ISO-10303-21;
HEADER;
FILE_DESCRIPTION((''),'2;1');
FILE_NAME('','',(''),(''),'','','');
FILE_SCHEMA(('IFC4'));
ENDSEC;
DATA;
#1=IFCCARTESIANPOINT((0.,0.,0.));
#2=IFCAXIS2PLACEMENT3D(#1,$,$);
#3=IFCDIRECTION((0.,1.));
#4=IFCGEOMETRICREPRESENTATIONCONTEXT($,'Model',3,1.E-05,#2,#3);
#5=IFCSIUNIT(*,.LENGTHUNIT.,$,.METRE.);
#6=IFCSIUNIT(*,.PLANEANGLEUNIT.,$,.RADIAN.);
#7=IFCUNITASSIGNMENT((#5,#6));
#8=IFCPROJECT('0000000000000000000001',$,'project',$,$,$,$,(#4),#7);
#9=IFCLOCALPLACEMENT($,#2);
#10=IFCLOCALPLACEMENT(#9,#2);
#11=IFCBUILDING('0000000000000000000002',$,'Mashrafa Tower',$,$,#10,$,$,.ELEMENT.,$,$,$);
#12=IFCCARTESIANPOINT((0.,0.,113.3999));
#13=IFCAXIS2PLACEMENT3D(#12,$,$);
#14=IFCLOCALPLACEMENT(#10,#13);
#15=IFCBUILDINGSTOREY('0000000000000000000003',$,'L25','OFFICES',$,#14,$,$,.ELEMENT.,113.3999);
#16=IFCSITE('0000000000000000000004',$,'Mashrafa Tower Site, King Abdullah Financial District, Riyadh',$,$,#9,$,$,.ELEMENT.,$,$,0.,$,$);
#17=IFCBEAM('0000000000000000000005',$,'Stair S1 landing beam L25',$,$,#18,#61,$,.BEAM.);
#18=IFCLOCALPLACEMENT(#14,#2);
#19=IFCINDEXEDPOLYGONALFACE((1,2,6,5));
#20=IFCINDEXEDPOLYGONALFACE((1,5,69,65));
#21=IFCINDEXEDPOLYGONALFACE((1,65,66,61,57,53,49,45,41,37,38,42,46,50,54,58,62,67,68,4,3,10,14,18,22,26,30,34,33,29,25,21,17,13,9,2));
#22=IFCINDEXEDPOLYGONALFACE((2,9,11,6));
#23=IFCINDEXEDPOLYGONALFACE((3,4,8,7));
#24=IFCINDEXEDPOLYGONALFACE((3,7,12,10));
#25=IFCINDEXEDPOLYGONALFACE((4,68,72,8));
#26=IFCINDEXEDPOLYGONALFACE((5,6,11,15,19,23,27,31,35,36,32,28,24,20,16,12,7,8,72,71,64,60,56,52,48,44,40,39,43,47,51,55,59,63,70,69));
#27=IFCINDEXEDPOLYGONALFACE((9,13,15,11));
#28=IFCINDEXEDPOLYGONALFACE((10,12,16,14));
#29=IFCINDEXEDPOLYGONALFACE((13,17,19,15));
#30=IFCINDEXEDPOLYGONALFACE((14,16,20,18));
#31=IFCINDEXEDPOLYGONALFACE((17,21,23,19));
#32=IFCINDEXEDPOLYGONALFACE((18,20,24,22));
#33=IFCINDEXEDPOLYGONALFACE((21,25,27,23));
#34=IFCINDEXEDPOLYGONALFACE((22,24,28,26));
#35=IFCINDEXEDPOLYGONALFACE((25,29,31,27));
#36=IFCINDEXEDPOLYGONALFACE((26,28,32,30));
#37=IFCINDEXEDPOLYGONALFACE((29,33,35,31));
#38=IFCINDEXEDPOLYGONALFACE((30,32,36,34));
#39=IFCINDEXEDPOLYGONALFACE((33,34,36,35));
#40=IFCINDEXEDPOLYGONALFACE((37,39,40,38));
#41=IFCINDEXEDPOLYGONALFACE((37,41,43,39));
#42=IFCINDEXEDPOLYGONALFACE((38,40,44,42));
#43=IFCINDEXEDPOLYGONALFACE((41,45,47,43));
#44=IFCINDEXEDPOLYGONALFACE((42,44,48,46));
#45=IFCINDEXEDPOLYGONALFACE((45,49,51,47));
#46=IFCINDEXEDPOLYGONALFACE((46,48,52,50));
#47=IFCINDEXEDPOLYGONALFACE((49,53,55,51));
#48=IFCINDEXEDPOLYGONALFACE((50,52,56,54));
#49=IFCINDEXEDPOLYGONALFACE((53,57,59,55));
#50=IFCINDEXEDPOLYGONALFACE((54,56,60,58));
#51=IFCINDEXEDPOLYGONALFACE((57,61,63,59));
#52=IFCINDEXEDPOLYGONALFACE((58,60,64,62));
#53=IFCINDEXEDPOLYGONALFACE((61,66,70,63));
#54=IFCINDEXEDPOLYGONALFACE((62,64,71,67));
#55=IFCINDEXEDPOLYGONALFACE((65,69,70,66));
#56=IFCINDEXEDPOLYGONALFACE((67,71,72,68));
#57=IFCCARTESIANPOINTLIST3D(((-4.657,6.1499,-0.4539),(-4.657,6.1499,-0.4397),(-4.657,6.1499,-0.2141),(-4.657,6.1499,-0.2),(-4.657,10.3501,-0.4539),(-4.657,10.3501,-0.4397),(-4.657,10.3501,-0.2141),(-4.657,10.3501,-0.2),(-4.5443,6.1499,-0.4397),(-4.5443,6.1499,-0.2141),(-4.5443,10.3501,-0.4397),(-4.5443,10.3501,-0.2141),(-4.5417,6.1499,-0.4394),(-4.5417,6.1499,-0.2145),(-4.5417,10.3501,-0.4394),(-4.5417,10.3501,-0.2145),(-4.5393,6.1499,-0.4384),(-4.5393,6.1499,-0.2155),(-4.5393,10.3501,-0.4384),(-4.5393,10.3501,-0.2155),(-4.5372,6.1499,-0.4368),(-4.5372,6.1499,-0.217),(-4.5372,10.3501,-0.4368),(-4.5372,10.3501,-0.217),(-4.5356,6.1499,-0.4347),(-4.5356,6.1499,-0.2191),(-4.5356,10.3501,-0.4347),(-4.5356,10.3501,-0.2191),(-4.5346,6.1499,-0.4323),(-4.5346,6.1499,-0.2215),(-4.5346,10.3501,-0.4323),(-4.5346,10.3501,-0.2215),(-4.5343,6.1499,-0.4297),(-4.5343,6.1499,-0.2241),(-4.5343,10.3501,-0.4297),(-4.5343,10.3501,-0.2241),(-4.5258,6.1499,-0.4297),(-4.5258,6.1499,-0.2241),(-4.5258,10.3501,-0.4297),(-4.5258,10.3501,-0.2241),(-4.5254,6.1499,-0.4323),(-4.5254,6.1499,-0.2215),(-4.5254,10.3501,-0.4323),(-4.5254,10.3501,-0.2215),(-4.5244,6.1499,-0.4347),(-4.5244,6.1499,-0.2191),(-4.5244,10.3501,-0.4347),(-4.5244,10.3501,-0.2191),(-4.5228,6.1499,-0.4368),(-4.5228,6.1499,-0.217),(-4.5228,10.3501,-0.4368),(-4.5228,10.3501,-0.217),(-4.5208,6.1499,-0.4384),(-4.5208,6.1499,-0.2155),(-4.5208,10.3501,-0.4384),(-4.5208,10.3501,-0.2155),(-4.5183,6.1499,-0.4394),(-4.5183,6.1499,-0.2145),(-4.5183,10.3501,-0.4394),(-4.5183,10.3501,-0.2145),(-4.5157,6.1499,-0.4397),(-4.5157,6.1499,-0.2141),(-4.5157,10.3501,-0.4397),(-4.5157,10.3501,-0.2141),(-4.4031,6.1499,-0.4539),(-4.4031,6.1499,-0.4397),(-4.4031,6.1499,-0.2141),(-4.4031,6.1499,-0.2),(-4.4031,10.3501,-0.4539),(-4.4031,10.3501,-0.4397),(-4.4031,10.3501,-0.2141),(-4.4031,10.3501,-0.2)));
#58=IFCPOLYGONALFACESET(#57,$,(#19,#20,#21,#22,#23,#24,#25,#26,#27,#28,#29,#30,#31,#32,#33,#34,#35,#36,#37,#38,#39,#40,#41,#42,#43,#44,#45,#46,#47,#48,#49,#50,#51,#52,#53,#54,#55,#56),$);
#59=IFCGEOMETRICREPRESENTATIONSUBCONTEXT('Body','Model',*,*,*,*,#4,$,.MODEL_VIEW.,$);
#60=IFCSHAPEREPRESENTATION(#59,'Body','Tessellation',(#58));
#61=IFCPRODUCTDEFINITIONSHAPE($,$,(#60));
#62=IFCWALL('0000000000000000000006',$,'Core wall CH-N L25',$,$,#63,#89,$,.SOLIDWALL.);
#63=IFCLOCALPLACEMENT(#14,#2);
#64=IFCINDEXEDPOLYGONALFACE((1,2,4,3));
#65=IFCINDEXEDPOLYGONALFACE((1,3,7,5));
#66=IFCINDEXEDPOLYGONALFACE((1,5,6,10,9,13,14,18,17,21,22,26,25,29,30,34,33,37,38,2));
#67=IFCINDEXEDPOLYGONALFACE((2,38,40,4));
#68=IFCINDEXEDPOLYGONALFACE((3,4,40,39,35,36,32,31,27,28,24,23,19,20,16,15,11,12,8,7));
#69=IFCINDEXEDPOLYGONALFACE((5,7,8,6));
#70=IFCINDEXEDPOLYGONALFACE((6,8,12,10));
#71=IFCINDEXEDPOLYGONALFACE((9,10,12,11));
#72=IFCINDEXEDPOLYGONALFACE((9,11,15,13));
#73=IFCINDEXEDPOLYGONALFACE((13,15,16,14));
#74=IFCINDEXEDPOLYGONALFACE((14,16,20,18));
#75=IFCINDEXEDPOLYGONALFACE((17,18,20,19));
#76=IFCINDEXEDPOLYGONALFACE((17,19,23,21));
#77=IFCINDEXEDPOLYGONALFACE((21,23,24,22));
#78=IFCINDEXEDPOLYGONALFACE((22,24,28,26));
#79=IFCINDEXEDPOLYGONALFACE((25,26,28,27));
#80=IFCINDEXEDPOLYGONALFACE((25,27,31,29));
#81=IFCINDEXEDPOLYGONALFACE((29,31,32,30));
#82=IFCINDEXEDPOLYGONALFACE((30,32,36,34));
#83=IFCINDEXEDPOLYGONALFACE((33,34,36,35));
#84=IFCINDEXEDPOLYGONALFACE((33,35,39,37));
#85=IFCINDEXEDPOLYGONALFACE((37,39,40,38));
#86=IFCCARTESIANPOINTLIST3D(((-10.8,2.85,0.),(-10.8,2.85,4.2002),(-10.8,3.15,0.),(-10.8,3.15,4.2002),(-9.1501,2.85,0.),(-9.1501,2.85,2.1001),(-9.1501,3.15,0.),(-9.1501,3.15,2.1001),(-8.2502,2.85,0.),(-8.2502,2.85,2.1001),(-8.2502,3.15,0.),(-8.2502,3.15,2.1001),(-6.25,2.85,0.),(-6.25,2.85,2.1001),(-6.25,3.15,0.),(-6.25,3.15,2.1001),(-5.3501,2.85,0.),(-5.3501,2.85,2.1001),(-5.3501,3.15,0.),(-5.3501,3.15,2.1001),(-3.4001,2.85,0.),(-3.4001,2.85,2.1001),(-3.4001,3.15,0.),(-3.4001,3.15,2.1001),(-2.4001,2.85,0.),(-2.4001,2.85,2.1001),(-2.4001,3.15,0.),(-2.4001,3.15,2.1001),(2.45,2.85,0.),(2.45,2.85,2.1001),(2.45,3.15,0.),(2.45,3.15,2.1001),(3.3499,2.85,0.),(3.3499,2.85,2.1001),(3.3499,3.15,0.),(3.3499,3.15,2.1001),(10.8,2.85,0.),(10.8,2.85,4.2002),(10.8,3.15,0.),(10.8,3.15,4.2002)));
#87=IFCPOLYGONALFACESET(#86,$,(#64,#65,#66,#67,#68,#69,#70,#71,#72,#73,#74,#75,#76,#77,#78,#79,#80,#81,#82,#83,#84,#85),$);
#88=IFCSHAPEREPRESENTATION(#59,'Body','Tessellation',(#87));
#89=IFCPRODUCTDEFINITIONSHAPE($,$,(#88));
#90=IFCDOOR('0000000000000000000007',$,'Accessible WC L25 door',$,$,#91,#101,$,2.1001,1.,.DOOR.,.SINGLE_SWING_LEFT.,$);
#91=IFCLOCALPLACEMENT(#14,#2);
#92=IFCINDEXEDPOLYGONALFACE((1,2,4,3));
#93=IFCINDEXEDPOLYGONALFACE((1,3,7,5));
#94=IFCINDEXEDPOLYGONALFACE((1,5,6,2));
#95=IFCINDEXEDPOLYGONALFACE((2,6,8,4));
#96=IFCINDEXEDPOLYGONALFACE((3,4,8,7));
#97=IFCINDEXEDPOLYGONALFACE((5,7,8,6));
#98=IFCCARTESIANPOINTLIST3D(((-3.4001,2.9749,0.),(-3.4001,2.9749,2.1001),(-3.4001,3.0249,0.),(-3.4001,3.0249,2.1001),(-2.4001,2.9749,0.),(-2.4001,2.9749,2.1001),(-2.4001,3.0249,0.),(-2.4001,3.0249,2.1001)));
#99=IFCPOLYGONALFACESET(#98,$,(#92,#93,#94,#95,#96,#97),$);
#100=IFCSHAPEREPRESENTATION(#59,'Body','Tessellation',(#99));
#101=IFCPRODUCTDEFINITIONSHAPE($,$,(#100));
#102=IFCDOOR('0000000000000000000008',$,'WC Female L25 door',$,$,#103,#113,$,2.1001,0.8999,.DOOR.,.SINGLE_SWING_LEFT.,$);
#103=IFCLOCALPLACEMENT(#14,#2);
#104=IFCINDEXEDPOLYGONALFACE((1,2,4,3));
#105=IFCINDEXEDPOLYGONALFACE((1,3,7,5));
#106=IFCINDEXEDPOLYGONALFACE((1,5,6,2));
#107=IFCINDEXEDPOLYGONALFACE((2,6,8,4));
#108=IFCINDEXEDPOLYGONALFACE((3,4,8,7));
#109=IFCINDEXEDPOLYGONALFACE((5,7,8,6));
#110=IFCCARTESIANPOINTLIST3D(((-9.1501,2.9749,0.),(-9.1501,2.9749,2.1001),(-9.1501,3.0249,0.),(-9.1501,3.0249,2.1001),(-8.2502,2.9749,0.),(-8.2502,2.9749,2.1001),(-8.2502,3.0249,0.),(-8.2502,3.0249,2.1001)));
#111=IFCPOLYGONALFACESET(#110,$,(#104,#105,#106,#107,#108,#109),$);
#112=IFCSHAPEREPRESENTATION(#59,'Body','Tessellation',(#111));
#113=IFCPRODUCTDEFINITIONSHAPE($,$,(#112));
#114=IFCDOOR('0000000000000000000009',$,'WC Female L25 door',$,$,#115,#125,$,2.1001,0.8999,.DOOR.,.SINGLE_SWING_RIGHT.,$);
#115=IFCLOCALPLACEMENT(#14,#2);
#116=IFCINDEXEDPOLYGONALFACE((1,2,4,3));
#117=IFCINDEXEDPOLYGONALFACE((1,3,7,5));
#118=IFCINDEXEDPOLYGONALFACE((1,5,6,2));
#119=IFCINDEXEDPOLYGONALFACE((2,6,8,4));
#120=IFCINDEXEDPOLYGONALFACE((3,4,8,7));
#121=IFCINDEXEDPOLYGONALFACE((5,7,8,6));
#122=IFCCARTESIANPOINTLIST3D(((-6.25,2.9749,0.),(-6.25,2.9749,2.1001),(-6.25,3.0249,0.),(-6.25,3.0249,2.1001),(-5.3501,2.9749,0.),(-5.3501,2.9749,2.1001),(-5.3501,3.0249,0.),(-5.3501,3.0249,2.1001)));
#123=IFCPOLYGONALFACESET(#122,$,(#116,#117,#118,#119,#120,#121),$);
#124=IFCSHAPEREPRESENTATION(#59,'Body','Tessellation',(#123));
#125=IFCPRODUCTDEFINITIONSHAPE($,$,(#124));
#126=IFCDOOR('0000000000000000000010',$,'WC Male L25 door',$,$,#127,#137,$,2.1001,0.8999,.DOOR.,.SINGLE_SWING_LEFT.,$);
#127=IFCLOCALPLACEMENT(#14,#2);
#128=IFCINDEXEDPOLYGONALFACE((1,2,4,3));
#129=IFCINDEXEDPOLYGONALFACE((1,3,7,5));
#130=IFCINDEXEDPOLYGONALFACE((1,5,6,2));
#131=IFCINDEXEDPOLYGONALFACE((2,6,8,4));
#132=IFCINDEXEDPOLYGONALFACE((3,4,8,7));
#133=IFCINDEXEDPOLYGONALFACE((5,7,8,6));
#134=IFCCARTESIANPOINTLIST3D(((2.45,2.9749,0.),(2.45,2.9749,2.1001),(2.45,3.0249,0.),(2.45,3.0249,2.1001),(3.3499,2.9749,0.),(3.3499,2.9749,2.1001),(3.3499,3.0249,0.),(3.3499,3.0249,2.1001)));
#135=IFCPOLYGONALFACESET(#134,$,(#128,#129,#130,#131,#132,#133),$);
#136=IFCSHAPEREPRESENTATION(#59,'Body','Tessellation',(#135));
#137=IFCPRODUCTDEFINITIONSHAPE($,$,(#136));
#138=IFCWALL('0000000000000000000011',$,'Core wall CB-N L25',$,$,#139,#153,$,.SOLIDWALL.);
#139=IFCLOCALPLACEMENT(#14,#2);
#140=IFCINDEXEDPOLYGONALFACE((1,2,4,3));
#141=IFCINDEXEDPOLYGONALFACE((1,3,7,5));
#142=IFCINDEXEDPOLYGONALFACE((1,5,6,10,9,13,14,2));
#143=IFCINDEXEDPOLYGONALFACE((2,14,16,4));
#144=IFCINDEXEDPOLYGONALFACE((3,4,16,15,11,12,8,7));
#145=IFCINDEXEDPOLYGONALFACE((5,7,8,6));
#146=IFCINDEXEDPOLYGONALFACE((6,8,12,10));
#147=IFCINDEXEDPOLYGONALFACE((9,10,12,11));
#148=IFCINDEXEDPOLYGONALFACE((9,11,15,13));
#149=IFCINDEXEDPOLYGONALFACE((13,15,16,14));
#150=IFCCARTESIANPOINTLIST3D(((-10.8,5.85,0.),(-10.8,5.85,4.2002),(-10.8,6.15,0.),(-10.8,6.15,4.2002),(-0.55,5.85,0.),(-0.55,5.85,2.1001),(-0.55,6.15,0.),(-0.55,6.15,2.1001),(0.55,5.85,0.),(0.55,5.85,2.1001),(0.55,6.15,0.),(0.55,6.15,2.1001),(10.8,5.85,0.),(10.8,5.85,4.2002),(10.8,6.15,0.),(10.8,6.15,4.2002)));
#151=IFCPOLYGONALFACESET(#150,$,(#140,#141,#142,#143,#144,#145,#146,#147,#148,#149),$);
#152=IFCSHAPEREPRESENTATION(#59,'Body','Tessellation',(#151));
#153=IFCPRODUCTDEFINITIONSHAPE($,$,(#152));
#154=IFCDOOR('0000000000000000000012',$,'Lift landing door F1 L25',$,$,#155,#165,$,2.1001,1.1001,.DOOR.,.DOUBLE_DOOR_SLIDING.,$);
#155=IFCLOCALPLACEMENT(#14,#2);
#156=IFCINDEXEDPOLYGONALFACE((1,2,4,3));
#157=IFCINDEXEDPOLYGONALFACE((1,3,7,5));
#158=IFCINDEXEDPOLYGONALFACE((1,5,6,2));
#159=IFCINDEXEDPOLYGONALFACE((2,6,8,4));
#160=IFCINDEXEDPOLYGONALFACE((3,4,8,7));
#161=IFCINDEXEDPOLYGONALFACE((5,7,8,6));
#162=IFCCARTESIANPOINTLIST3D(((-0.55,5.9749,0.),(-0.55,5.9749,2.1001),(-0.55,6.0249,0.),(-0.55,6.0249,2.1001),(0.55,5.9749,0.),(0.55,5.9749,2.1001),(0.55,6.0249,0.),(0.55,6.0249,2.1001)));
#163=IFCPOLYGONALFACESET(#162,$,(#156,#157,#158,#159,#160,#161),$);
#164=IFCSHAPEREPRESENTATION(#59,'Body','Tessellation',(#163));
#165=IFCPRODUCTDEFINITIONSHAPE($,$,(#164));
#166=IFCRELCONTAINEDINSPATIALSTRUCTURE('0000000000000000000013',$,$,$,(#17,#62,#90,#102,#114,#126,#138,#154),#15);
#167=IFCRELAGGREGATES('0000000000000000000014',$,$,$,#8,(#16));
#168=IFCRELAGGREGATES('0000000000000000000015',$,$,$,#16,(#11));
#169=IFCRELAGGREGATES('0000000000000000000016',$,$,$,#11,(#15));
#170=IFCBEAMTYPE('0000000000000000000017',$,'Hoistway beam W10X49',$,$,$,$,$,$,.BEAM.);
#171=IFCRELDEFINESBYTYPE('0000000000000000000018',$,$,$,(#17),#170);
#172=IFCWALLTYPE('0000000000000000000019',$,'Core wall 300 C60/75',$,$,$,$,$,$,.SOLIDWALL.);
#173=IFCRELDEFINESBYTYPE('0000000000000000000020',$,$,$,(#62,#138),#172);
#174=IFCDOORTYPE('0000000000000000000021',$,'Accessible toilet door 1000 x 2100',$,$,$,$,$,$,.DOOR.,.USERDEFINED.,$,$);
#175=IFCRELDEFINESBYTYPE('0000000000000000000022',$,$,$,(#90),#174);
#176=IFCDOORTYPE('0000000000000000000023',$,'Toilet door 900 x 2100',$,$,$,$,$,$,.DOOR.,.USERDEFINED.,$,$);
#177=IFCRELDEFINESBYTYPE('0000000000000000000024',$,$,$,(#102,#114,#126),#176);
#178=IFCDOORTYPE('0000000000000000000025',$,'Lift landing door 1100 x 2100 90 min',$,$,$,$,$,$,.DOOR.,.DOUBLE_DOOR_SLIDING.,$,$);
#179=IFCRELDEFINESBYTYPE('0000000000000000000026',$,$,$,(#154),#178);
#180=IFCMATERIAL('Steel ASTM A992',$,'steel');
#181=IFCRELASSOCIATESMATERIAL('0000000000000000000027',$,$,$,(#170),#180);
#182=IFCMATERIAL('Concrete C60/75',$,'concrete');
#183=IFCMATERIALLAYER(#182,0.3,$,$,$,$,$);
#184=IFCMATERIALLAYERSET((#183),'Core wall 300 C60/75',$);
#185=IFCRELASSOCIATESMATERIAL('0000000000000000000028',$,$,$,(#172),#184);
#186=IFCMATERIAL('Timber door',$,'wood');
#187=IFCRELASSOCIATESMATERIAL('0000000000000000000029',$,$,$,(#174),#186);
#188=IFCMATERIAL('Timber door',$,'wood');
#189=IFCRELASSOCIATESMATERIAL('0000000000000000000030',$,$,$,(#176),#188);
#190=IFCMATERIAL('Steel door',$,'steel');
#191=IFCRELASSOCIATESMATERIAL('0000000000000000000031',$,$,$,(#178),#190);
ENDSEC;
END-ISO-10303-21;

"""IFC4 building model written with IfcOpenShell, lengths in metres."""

from ifc_helpers import new_model, si_unit, direction, frame, frame_2d, origin, origin_2d, place, context, subcontext, project, spatial, rectangle, i_section, extrude, material, layer, layer_set, material_profile, profile_set, type_object, element, fill, save


model = new_model("IFC4")

# Units and contexts
model_context = context("Model", 3, precision=1e-05, world=origin(), true_north=direction((0.0, 1.0)))
body_context = subcontext(model_context, "Body", "Model", "MODEL_VIEW")
ifc_project = project(units=[si_unit("LENGTHUNIT", "METRE"), si_unit("PLANEANGLEUNIT", "RADIAN")], contexts=[model_context])

# Site, building, storey
site_placement = place(None, origin())
site = spatial("IfcSite", under=ifc_project, at=site_placement, Name="Mashrafa Tower Site, King Abdullah Financial District, Riyadh", CompositionType="ELEMENT", RefElevation=0.0)
building_placement = place(site_placement, origin())
building = spatial("IfcBuilding", under=site, at=building_placement, Name="Mashrafa Tower", CompositionType="ELEMENT")
storey_placement = place(building_placement, frame((0.0, 0.0, 113.3999)))
storey = spatial("IfcBuildingStorey", under=building, at=storey_placement, Name="L25", Description="OFFICES", CompositionType="ELEMENT", Elevation=113.3999)

# Beam
ifc_material_1 = material(Name="Steel ASTM A992", Category="steel")
ifc_material_profile = material_profile(ifc_material_1, i_section(OverallWidth=0.2539, OverallDepth=0.2539, WebThickness=0.0085, FlangeThickness=0.0142, FilletRadius=0.01, at=origin_2d()), Name="W10X49")
ifc_profile_set = profile_set([ifc_material_profile], Name="Steel ASTM A992")
beam_type = type_object("IfcBeamType", Name="Hoistway beam W10X49", PredefinedType="BEAM", material=ifc_profile_set)
beam_placement = place(storey_placement, frame((-4.53, 6.1499, -0.3269), z_axis=(0.0, 1.0, 0.0), x_axis=(-1.0, 0.0, 0.0)))
element("IfcBeam", 1, at=beam_placement, inside=storey, type_object=beam_type, Name="Stair S1 landing beam L25", PredefinedType="BEAM", context=body_context, shape_type="SweptSolid", body=[
    extrude(i_section(OverallWidth=0.2539, OverallDepth=0.2539, WebThickness=0.0085, FlangeThickness=0.0142, FilletRadius=0.01, at=origin_2d()), origin(), (0.0, 0.0, 1.0), 4.2002),
])

# Wall, openings, doors
ifc_material_2 = material(Name="Concrete C60/75", Category="concrete")
ifc_layer_1 = layer(ifc_material_2, 0.3)
ifc_layer_set_1 = layer_set([ifc_layer_1], Name="Core wall 300 C60/75")
wall_type_1 = type_object("IfcWallType", Name="Core wall 300 C60/75", PredefinedType="SOLIDWALL", material=ifc_layer_set_1)
wall_1_placement = place(storey_placement, frame((-10.8, 3.0, 0.0), z_axis=(0.0, 0.0, 1.0), x_axis=(1.0, 0.0, 0.0)))
wall_1 = element("IfcWall", 2, at=wall_1_placement, inside=storey, type_object=wall_type_1, Name="Core wall CH-N L25", PredefinedType="SOLIDWALL", context=body_context, shape_type="SweptSolid", body=[
    extrude(rectangle(XDim=21.6001, YDim=0.3, at=frame_2d((10.8, 0.0))), origin(), (0.0, 0.0, 1.0), 4.2002),
])
opening_1_placement = place(wall_1_placement, frame((1.6499, 0.0, 0.0)))
opening_1 = element("IfcOpeningElement", 3, at=opening_1_placement, cuts=wall_1, PredefinedType="OPENING", context=body_context, shape_type="SweptSolid", body=[
    extrude(rectangle(XDim=0.8999, YDim=2.1001, at=frame_2d((0.45, 1.05))), frame((0.0, 0.1599, 0.0), z_axis=(0.0, -1.0, 0.0), x_axis=(1.0, 0.0, 0.0)), (0.0, 0.0, 1.0), 0.3201),
])
opening_2_placement = place(wall_1_placement, frame((4.55, 0.0, 0.0)))
opening_2 = element("IfcOpeningElement", 4, at=opening_2_placement, cuts=wall_1, PredefinedType="OPENING", context=body_context, shape_type="SweptSolid", body=[
    extrude(rectangle(XDim=0.8999, YDim=2.1001, at=frame_2d((0.45, 1.05))), frame((0.0, 0.1599, 0.0), z_axis=(0.0, -1.0, 0.0), x_axis=(1.0, 0.0, 0.0)), (0.0, 0.0, 1.0), 0.3201),
])
opening_3_placement = place(wall_1_placement, frame((7.3999, 0.0, 0.0)))
opening_3 = element("IfcOpeningElement", 5, at=opening_3_placement, cuts=wall_1, PredefinedType="OPENING", context=body_context, shape_type="SweptSolid", body=[
    extrude(rectangle(XDim=1.0, YDim=2.1001, at=frame_2d((0.5, 1.05))), frame((0.0, 0.1599, 0.0), z_axis=(0.0, -1.0, 0.0), x_axis=(1.0, 0.0, 0.0)), (0.0, 0.0, 1.0), 0.3201),
])
opening_4_placement = place(wall_1_placement, frame((13.25, 0.0, 0.0)))
opening_4 = element("IfcOpeningElement", 6, at=opening_4_placement, cuts=wall_1, PredefinedType="OPENING", context=body_context, shape_type="SweptSolid", body=[
    extrude(rectangle(XDim=0.8999, YDim=2.1001, at=frame_2d((0.45, 1.05))), frame((0.0, 0.1599, 0.0), z_axis=(0.0, -1.0, 0.0), x_axis=(1.0, 0.0, 0.0)), (0.0, 0.0, 1.0), 0.3201),
])
ifc_material_3 = material(Name="Timber door", Category="wood")
door_type_1 = type_object("IfcDoorType", Name="Accessible toilet door 1000 x 2100", OperationType="USERDEFINED", PredefinedType="DOOR", material=ifc_material_3)
door_1_placement = place(opening_3_placement, origin())
door_1 = element("IfcDoor", 7, at=door_1_placement, inside=storey, type_object=door_type_1, Name="Accessible WC L25 door", OperationType="SINGLE_SWING_LEFT", OverallHeight=2.1001, OverallWidth=1.0, PredefinedType="DOOR", context=body_context, shape_type="SweptSolid", body=[
    extrude(rectangle(XDim=1.0, YDim=2.1001, at=frame_2d((0.5, 1.05))), frame((0.0, 0.0249, 0.0), z_axis=(0.0, -1.0, 0.0), x_axis=(1.0, 0.0, 0.0)), (0.0, 0.0, 1.0), 0.05),
])
fill(opening_3, door_1)
ifc_material_4 = material(Name="Timber door", Category="wood")
door_type_2 = type_object("IfcDoorType", Name="Toilet door 900 x 2100", OperationType="USERDEFINED", PredefinedType="DOOR", material=ifc_material_4)
door_2_placement = place(opening_1_placement, origin())
door_2 = element("IfcDoor", 8, at=door_2_placement, inside=storey, type_object=door_type_2, Name="WC Female L25 door", OperationType="SINGLE_SWING_LEFT", OverallHeight=2.1001, OverallWidth=0.8999, PredefinedType="DOOR", context=body_context, shape_type="SweptSolid", body=[
    extrude(rectangle(XDim=0.8999, YDim=2.1001, at=frame_2d((0.45, 1.05))), frame((0.0, 0.0249, 0.0), z_axis=(0.0, -1.0, 0.0), x_axis=(1.0, 0.0, 0.0)), (0.0, 0.0, 1.0), 0.05),
])
fill(opening_1, door_2)
door_3_placement = place(opening_2_placement, origin())
door_3 = element("IfcDoor", 9, at=door_3_placement, inside=storey, type_object=door_type_2, Name="WC Female L25 door", OperationType="SINGLE_SWING_RIGHT", OverallHeight=2.1001, OverallWidth=0.8999, PredefinedType="DOOR", context=body_context, shape_type="SweptSolid", body=[
    extrude(rectangle(XDim=0.8999, YDim=2.1001, at=frame_2d((0.45, 1.05))), frame((0.0, 0.0249, 0.0), z_axis=(0.0, -1.0, 0.0), x_axis=(1.0, 0.0, 0.0)), (0.0, 0.0, 1.0), 0.05),
])
fill(opening_2, door_3)
door_4_placement = place(opening_4_placement, origin())
door_4 = element("IfcDoor", 10, at=door_4_placement, inside=storey, type_object=door_type_2, Name="WC Male L25 door", OperationType="SINGLE_SWING_LEFT", OverallHeight=2.1001, OverallWidth=0.8999, PredefinedType="DOOR", context=body_context, shape_type="SweptSolid", body=[
    extrude(rectangle(XDim=0.8999, YDim=2.1001, at=frame_2d((0.45, 1.05))), frame((0.0, 0.0249, 0.0), z_axis=(0.0, -1.0, 0.0), x_axis=(1.0, 0.0, 0.0)), (0.0, 0.0, 1.0), 0.05),
])
fill(opening_4, door_4)

# Wall, opening, door
wall_2_placement = place(storey_placement, frame((-10.8, 6.0, 0.0), z_axis=(0.0, 0.0, 1.0), x_axis=(1.0, 0.0, 0.0)))
wall_2 = element("IfcWall", 11, at=wall_2_placement, inside=storey, type_object=wall_type_1, Name="Core wall CB-N L25", PredefinedType="SOLIDWALL", context=body_context, shape_type="SweptSolid", body=[
    extrude(rectangle(XDim=21.6001, YDim=0.3, at=frame_2d((10.8, 0.0))), origin(), (0.0, 0.0, 1.0), 4.2002),
])
opening_5_placement = place(wall_2_placement, frame((10.25, 0.0, 0.0)))
opening_5 = element("IfcOpeningElement", 12, at=opening_5_placement, cuts=wall_2, PredefinedType="OPENING", context=body_context, shape_type="SweptSolid", body=[
    extrude(rectangle(XDim=1.1001, YDim=2.1001, at=frame_2d((0.55, 1.05))), frame((0.0, 0.1599, 0.0), z_axis=(0.0, -1.0, 0.0), x_axis=(1.0, 0.0, 0.0)), (0.0, 0.0, 1.0), 0.3201),
])
ifc_material_5 = material(Name="Steel door", Category="steel")
door_type_3 = type_object("IfcDoorType", Name="Lift landing door 1100 x 2100 90 min", OperationType="DOUBLE_DOOR_SLIDING", PredefinedType="DOOR", material=ifc_material_5)
door_5_placement = place(opening_5_placement, origin())
door_5 = element("IfcDoor", 13, at=door_5_placement, inside=storey, type_object=door_type_3, Name="Lift landing door F1 L25", OperationType="DOUBLE_DOOR_SLIDING", OverallHeight=2.1001, OverallWidth=1.1001, PredefinedType="DOOR", context=body_context, shape_type="SweptSolid", body=[
    extrude(rectangle(XDim=1.1001, YDim=2.1001, at=frame_2d((0.55, 1.05))), frame((0.0, 0.0249, 0.0), z_axis=(0.0, -1.0, 0.0), x_axis=(1.0, 0.0, 0.0)), (0.0, 0.0, 1.0), 0.05),
])
fill(opening_5, door_5)

save(model, "model.ifc")
